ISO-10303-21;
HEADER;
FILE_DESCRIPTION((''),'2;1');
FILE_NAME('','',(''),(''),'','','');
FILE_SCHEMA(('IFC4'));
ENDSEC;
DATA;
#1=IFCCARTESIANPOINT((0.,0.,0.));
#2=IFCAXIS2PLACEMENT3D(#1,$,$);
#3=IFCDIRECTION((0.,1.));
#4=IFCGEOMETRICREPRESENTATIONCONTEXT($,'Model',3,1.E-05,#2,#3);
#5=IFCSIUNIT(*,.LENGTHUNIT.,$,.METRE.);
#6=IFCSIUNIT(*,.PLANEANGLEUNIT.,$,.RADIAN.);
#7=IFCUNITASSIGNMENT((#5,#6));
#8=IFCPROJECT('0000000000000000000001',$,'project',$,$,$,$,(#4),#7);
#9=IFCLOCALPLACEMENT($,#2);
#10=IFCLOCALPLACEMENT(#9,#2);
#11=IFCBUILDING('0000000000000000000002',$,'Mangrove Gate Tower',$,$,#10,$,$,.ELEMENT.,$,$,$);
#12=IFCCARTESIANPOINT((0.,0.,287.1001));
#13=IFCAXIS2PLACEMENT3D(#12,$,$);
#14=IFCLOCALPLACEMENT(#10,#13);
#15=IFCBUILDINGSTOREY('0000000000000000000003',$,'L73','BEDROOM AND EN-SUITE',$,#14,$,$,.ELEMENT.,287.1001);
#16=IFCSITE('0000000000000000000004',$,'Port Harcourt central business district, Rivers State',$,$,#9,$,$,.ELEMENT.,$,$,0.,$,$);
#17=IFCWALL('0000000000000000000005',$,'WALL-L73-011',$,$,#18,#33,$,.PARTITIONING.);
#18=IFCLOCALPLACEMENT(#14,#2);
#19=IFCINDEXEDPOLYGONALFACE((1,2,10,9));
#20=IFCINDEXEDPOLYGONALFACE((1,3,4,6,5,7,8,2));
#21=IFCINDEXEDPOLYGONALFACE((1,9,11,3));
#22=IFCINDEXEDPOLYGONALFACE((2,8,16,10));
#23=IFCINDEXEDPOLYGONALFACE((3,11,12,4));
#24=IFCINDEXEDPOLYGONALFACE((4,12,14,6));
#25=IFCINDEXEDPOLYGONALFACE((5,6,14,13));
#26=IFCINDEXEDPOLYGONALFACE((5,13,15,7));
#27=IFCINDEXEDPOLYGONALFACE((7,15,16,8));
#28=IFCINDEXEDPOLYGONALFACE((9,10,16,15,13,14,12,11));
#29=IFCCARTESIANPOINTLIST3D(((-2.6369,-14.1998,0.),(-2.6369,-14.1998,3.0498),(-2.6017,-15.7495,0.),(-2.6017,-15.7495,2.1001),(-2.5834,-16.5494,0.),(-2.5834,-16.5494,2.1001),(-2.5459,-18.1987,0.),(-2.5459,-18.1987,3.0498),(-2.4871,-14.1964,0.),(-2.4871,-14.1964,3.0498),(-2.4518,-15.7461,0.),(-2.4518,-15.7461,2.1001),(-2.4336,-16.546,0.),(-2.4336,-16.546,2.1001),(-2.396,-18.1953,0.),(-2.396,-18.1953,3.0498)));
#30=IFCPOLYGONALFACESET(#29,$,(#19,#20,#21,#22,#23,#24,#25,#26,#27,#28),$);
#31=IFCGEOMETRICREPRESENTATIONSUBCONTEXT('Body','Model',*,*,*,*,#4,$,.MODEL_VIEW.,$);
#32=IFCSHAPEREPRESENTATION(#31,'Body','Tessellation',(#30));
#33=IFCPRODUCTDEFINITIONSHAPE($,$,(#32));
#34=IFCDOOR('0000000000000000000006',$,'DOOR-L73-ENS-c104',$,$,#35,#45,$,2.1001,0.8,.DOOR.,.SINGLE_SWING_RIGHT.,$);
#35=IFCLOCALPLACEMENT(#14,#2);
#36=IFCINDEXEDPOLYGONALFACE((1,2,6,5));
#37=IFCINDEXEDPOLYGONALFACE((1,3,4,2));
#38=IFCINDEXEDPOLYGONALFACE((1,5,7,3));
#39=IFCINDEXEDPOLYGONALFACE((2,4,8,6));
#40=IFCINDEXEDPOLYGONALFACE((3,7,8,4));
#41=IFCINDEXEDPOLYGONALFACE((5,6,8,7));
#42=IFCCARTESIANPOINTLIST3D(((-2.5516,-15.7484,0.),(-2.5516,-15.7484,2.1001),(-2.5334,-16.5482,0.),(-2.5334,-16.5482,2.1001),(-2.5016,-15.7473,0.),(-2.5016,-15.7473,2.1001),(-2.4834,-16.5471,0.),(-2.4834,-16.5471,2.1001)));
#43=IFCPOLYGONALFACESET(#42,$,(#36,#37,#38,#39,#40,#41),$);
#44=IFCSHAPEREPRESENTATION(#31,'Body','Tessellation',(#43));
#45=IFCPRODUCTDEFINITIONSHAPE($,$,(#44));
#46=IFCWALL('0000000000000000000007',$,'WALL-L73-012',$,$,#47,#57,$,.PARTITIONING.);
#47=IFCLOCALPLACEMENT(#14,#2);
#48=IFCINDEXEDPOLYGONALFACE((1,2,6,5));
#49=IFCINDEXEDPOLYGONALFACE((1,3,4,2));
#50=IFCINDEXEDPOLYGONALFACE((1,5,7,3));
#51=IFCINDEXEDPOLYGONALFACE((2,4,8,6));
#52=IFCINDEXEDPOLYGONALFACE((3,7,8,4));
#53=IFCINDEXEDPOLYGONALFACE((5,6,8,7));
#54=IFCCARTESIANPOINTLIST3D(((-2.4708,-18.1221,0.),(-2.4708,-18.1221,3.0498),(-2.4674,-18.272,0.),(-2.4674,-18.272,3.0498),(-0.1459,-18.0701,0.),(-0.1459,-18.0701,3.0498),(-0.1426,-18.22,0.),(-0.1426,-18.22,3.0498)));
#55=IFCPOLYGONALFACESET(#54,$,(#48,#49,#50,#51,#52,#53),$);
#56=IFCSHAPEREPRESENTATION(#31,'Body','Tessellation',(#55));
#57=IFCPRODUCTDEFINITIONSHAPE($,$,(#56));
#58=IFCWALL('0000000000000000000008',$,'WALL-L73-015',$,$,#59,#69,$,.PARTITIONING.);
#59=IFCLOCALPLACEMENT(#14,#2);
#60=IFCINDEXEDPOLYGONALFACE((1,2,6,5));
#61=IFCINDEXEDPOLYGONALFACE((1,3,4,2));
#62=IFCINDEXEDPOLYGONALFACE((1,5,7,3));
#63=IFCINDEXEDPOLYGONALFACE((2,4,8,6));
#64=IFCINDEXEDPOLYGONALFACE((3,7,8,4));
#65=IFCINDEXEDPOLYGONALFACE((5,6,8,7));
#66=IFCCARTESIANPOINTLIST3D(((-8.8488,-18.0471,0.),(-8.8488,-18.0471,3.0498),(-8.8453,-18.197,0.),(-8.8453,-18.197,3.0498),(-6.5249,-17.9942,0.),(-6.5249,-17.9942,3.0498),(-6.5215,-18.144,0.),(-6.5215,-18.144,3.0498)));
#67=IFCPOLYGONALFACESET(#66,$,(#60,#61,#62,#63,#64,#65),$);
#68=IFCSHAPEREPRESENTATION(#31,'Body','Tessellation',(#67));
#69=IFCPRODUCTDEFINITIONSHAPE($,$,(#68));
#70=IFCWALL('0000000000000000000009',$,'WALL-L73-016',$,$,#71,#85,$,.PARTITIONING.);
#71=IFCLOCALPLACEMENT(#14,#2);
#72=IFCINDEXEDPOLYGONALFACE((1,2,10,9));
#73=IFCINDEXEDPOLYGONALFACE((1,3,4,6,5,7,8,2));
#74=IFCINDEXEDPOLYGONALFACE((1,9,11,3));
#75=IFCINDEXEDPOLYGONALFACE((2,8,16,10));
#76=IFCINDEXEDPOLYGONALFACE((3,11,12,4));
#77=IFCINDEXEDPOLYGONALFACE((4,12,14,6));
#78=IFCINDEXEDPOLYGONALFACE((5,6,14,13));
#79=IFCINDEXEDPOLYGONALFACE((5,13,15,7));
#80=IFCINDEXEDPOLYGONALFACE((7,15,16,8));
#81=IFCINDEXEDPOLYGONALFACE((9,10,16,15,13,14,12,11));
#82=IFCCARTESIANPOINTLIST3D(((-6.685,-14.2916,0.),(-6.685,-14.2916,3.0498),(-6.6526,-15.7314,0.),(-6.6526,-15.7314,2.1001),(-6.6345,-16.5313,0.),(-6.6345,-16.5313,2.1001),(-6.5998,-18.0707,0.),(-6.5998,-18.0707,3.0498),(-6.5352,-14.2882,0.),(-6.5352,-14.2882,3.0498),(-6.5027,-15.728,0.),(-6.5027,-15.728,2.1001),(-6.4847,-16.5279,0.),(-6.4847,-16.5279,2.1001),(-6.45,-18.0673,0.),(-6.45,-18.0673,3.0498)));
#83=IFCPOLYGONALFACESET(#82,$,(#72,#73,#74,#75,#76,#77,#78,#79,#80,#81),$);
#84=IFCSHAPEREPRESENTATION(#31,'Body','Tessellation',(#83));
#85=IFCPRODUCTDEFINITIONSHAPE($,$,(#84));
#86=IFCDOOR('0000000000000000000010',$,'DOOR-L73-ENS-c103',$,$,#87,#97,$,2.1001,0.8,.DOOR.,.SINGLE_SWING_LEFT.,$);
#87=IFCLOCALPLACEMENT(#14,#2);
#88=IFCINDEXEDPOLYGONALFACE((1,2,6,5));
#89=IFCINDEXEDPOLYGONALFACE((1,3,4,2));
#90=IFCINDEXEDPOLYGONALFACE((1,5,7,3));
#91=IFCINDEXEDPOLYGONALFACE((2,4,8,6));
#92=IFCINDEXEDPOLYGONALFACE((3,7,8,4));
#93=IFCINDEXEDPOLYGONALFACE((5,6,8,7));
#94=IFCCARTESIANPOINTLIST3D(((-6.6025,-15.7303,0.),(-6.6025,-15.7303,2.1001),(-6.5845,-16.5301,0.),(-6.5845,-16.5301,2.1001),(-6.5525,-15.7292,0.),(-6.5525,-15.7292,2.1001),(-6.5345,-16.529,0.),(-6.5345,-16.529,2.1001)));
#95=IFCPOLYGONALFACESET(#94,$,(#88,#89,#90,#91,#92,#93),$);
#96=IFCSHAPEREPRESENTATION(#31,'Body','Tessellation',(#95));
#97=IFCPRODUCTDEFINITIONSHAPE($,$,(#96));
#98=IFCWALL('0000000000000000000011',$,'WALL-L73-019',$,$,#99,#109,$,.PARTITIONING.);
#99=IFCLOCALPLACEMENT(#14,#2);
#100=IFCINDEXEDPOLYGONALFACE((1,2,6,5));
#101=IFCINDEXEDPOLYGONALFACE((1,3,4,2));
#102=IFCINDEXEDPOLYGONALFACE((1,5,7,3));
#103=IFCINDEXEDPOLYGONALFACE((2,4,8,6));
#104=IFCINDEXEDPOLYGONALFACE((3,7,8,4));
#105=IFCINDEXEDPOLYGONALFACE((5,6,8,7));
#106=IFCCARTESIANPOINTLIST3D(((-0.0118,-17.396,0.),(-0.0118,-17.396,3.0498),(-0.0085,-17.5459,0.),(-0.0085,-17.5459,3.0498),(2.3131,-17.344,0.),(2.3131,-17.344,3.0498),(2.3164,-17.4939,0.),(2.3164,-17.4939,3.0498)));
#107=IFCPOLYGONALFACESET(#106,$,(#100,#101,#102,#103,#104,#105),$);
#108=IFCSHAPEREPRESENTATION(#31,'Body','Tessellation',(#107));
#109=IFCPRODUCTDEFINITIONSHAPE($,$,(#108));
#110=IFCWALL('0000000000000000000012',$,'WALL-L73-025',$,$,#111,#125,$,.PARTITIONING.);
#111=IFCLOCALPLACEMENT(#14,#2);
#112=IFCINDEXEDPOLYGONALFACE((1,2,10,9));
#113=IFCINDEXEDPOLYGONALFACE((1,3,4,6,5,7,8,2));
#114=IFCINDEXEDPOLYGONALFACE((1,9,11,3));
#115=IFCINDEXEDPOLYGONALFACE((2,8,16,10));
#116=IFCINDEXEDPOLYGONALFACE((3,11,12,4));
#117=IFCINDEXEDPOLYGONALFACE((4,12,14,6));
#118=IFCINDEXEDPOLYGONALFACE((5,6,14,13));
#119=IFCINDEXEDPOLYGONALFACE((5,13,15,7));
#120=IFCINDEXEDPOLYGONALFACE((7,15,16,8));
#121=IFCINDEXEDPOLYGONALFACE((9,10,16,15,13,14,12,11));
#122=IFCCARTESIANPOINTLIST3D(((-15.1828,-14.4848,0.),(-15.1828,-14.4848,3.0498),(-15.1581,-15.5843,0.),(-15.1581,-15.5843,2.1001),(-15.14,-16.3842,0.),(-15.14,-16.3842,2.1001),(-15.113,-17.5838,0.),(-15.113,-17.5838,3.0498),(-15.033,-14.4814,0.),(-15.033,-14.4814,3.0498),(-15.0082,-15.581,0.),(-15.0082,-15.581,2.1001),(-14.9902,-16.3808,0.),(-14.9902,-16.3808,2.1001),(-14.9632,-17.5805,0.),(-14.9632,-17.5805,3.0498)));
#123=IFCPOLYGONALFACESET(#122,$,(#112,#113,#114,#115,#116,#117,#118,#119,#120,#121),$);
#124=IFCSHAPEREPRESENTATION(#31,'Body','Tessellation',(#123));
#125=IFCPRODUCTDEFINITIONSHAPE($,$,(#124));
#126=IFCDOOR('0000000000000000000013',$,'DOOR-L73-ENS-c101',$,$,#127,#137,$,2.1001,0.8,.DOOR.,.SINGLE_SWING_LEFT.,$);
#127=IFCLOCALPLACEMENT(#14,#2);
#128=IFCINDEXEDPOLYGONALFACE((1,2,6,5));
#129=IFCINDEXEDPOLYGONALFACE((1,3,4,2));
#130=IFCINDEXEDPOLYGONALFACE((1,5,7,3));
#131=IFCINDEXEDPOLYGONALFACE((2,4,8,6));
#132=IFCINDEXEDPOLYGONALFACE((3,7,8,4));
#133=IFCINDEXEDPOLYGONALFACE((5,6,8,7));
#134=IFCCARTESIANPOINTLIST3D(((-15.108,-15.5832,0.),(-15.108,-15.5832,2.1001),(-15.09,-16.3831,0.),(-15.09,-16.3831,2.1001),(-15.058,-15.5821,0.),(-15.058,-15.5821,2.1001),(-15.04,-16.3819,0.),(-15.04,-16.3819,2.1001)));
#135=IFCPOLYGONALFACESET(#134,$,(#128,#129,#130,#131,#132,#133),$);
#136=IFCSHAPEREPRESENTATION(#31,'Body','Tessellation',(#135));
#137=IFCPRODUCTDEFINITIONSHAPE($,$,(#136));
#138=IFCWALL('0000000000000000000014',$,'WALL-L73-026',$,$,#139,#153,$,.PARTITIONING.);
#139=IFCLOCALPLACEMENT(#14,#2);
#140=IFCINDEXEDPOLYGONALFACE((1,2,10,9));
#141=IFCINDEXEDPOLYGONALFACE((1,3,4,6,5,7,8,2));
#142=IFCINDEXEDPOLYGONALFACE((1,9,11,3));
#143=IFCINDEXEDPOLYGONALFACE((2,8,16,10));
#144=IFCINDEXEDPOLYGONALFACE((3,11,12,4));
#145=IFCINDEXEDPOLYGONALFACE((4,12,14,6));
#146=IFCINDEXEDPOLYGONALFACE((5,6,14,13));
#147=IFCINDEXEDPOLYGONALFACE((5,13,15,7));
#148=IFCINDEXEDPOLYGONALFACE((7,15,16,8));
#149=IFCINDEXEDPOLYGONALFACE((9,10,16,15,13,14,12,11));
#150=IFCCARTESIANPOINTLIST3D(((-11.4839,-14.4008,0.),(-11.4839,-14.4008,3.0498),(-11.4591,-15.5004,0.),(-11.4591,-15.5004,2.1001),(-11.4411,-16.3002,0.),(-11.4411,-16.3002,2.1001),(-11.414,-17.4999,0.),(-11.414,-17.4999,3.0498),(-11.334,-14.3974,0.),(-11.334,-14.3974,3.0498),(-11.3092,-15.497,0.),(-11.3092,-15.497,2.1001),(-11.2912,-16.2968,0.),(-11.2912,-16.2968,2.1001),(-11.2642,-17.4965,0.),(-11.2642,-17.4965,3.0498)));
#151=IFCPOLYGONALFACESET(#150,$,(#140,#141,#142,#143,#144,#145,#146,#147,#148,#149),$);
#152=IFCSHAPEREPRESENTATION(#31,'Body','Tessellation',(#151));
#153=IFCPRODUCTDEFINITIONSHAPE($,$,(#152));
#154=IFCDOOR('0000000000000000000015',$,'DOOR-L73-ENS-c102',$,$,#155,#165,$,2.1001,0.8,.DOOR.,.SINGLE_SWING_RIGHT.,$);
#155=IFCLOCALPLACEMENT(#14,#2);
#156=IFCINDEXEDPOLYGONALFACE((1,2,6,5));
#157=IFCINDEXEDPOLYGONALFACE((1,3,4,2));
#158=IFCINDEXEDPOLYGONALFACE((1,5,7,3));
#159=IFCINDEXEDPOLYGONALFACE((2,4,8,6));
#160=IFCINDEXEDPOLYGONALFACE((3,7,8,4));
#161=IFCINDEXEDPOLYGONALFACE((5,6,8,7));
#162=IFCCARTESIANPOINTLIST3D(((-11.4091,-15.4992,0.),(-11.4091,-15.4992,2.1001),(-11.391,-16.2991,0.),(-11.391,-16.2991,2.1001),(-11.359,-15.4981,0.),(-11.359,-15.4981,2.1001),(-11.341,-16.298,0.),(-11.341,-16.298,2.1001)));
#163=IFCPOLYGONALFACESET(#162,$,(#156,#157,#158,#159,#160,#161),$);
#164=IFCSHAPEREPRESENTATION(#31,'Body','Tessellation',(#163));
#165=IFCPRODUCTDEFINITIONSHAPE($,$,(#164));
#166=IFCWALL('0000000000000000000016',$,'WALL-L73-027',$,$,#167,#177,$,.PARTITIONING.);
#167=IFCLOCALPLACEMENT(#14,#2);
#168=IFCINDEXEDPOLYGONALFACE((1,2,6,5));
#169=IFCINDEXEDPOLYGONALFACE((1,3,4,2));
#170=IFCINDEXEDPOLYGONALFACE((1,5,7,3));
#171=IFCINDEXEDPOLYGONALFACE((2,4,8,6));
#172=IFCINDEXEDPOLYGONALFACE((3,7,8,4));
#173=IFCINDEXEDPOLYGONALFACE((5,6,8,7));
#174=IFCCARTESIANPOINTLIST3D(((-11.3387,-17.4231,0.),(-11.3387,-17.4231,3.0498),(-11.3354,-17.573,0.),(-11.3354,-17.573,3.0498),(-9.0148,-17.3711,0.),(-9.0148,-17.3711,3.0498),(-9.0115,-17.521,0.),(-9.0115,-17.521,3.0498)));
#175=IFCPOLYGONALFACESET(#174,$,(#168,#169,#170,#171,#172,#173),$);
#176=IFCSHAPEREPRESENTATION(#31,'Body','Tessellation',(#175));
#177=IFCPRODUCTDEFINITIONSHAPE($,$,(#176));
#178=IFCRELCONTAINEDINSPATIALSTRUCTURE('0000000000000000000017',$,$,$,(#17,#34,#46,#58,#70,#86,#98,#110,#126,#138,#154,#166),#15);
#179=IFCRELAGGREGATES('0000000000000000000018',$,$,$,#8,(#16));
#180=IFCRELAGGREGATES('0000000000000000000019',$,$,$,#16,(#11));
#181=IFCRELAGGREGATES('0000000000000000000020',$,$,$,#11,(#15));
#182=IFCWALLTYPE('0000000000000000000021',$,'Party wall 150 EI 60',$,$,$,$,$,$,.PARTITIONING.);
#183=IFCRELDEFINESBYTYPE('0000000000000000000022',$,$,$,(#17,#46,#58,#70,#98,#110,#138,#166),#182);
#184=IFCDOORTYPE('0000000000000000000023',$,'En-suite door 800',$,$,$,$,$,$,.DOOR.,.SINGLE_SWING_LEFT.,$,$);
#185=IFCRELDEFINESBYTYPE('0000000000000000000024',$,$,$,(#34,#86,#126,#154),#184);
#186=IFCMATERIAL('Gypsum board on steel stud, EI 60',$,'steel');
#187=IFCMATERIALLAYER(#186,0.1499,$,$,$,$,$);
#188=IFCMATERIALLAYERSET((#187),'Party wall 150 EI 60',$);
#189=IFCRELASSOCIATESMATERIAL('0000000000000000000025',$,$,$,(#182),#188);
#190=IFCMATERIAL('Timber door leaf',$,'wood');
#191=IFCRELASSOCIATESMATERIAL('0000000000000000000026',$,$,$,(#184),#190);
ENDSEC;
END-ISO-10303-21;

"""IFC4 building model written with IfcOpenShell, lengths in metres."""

from ifc_helpers import new_model, si_unit, direction, frame, frame_2d, origin, place, context, subcontext, project, spatial, rectangle, extrude, material, layer, layer_set, type_object, element, fill, save


model = new_model("IFC4")

# Units and contexts
model_context = context("Model", 3, precision=1e-05, world=origin(), true_north=direction((0.0, 1.0)))
body_context = subcontext(model_context, "Body", "Model", "MODEL_VIEW")
ifc_project = project(units=[si_unit("LENGTHUNIT", "METRE"), si_unit("PLANEANGLEUNIT", "RADIAN")], contexts=[model_context])

# Site, building, storey
site_placement = place(None, origin())
site = spatial("IfcSite", under=ifc_project, at=site_placement, Name="Port Harcourt central business district, Rivers State", CompositionType="ELEMENT", RefElevation=0.0)
building_placement = place(site_placement, origin())
building = spatial("IfcBuilding", under=site, at=building_placement, Name="Mangrove Gate Tower", CompositionType="ELEMENT")
storey_placement = place(building_placement, frame((0.0, 0.0, 287.1001)))
storey = spatial("IfcBuildingStorey", under=building, at=storey_placement, Name="L73", Description="BEDROOM AND EN-SUITE", CompositionType="ELEMENT", Elevation=287.1001)

# Shared definitions
ifc_material_1 = material(Name="Gypsum board on steel stud, EI 60", Category="steel")
ifc_layer_1 = layer(ifc_material_1, 0.1499)
ifc_layer_set_1 = layer_set([ifc_layer_1], Name="Party wall 150 EI 60")
wall_type_1 = type_object("IfcWallType", Name="Party wall 150 EI 60", PredefinedType="PARTITIONING", material=ifc_layer_set_1)

# Wall, opening, door
wall_1_placement = place(storey_placement, frame((-2.4709, -18.197, 0.0), z_axis=(0.0, 0.0, 1.0), x_axis=(-0.022766, 0.999741, 0.0)))
wall_1 = element("IfcWall", 1, at=wall_1_placement, inside=storey, type_object=wall_type_1, Name="WALL-L73-011", PredefinedType="PARTITIONING", context=body_context, shape_type="SweptSolid", body=[
    extrude(rectangle(XDim=4.0, YDim=0.1499, at=frame_2d((2.0, 0.0))), origin(), (0.0, 0.0, 1.0), 3.0498),
])
opening_1_placement = place(wall_1_placement, frame((1.6499, 0.0, 0.0)))
opening_1 = element("IfcOpeningElement", 2, at=opening_1_placement, cuts=wall_1, PredefinedType="OPENING", context=body_context, shape_type="SweptSolid", body=[
    extrude(rectangle(XDim=0.8, YDim=2.1001, at=frame_2d((0.3999, 1.05))), frame((0.0, 0.085, 0.0), z_axis=(0.0, -1.0, 0.0), x_axis=(1.0, 0.0, 0.0)), (0.0, 0.0, 1.0), 0.1699),
])
ifc_material_2 = material(Name="Timber door leaf", Category="wood")
door_type_1 = type_object("IfcDoorType", Name="En-suite door 800", OperationType="SINGLE_SWING_LEFT", PredefinedType="DOOR", material=ifc_material_2)
door_1_placement = place(opening_1_placement, origin())
door_1 = element("IfcDoor", 3, at=door_1_placement, inside=storey, type_object=door_type_1, Name="DOOR-L73-ENS-c104", OperationType="SINGLE_SWING_RIGHT", OverallHeight=2.1001, OverallWidth=0.8, PredefinedType="DOOR", context=body_context, shape_type="SweptSolid", body=[
    extrude(rectangle(XDim=0.8, YDim=2.1001, at=frame_2d((0.3999, 1.05))), frame((0.0, 0.0249, 0.0), z_axis=(0.0, -1.0, 0.0), x_axis=(1.0, 0.0, 0.0)), (0.0, 0.0, 1.0), 0.05),
])
fill(opening_1, door_1)

# Walls
wall_2_placement = place(storey_placement, frame((-2.469, -18.197, 0.0), z_axis=(0.0, 0.0, 1.0), x_axis=(0.99975, 0.022361, 0.0)))
element("IfcWall", 4, at=wall_2_placement, inside=storey, type_object=wall_type_1, Name="WALL-L73-012", PredefinedType="PARTITIONING", context=body_context, shape_type="SweptSolid", body=[
    extrude(rectangle(XDim=2.3254, YDim=0.1499, at=frame_2d((1.1626, 0.0))), origin(), (0.0, 0.0, 1.0), 3.0498),
])
wall_3_placement = place(storey_placement, frame((-8.8469, -18.1221, 0.0), z_axis=(0.0, 0.0, 1.0), x_axis=(0.99974, 0.022791, 0.0)))
element("IfcWall", 5, at=wall_3_placement, inside=storey, type_object=wall_type_1, Name="WALL-L73-015", PredefinedType="PARTITIONING", context=body_context, shape_type="SweptSolid", body=[
    extrude(rectangle(XDim=2.3245, YDim=0.1499, at=frame_2d((1.1621, 0.0))), origin(), (0.0, 0.0, 1.0), 3.0498),
])

# Wall, opening, door
wall_4_placement = place(storey_placement, frame((-6.5249, -18.0691, 0.0), z_axis=(0.0, 0.0, 1.0), x_axis=(-0.022541, 0.999746, 0.0)))
wall_4 = element("IfcWall", 6, at=wall_4_placement, inside=storey, type_object=wall_type_1, Name="WALL-L73-016", PredefinedType="PARTITIONING", context=body_context, shape_type="SweptSolid", body=[
    extrude(rectangle(XDim=3.78, YDim=0.1499, at=frame_2d((1.8901, 0.0))), origin(), (0.0, 0.0, 1.0), 3.0498),
])
opening_2_placement = place(wall_4_placement, frame((1.54, 0.0, 0.0)))
opening_2 = element("IfcOpeningElement", 7, at=opening_2_placement, cuts=wall_4, PredefinedType="OPENING", context=body_context, shape_type="SweptSolid", body=[
    extrude(rectangle(XDim=0.8, YDim=2.1001, at=frame_2d((0.3999, 1.05))), frame((0.0, 0.085, 0.0), z_axis=(0.0, -1.0, 0.0), x_axis=(1.0, 0.0, 0.0)), (0.0, 0.0, 1.0), 0.1699),
])
door_2_placement = place(opening_2_placement, origin())
door_2 = element("IfcDoor", 8, at=door_2_placement, inside=storey, type_object=door_type_1, Name="DOOR-L73-ENS-c103", OperationType="SINGLE_SWING_LEFT", OverallHeight=2.1001, OverallWidth=0.8, PredefinedType="DOOR", context=body_context, shape_type="SweptSolid", body=[
    extrude(rectangle(XDim=0.8, YDim=2.1001, at=frame_2d((0.3999, 1.05))), frame((0.0, 0.0249, 0.0), z_axis=(0.0, -1.0, 0.0), x_axis=(1.0, 0.0, 0.0)), (0.0, 0.0, 1.0), 0.05),
])
fill(opening_2, door_2)

# Wall
wall_5_placement = place(storey_placement, frame((-0.01, -17.4709, 0.0), z_axis=(0.0, 0.0, 1.0), x_axis=(0.99975, 0.022361, 0.0)))
element("IfcWall", 9, at=wall_5_placement, inside=storey, type_object=wall_type_1, Name="WALL-L73-019", PredefinedType="PARTITIONING", context=body_context, shape_type="SweptSolid", body=[
    extrude(rectangle(XDim=2.3254, YDim=0.1499, at=frame_2d((1.1626, 0.0))), origin(), (0.0, 0.0, 1.0), 3.0498),
])

# Walls, openings, doors
wall_6_placement = place(storey_placement, frame((-15.0381, -17.582, 0.0), z_axis=(0.0, 0.0, 1.0), x_axis=(-0.022525, 0.999746, 0.0)))
wall_6 = element("IfcWall", 10, at=wall_6_placement, inside=storey, type_object=wall_type_1, Name="WALL-L73-025", PredefinedType="PARTITIONING", context=body_context, shape_type="SweptSolid", body=[
    extrude(rectangle(XDim=3.0999, YDim=0.1499, at=frame_2d((1.5498, 0.0))), origin(), (0.0, 0.0, 1.0), 3.0498),
])
opening_3_placement = place(wall_6_placement, frame((1.2, 0.0, 0.0)))
opening_3 = element("IfcOpeningElement", 11, at=opening_3_placement, cuts=wall_6, PredefinedType="OPENING", context=body_context, shape_type="SweptSolid", body=[
    extrude(rectangle(XDim=0.8, YDim=2.1001, at=frame_2d((0.3999, 1.05))), frame((0.0, 0.085, 0.0), z_axis=(0.0, -1.0, 0.0), x_axis=(1.0, 0.0, 0.0)), (0.0, 0.0, 1.0), 0.1699),
])
door_3_placement = place(opening_3_placement, origin())
door_3 = element("IfcDoor", 12, at=door_3_placement, inside=storey, type_object=door_type_1, Name="DOOR-L73-ENS-c101", OperationType="SINGLE_SWING_LEFT", OverallHeight=2.1001, OverallWidth=0.8, PredefinedType="DOOR", context=body_context, shape_type="SweptSolid", body=[
    extrude(rectangle(XDim=0.8, YDim=2.1001, at=frame_2d((0.3999, 1.05))), frame((0.0, 0.0249, 0.0), z_axis=(0.0, -1.0, 0.0), x_axis=(1.0, 0.0, 0.0)), (0.0, 0.0, 1.0), 0.05),
])
fill(opening_3, door_3)
wall_7_placement = place(storey_placement, frame((-11.3391, -17.498, 0.0), z_axis=(0.0, 0.0, 1.0), x_axis=(-0.022525, 0.999746, 0.0)))
wall_7 = element("IfcWall", 13, at=wall_7_placement, inside=storey, type_object=wall_type_1, Name="WALL-L73-026", PredefinedType="PARTITIONING", context=body_context, shape_type="SweptSolid", body=[
    extrude(rectangle(XDim=3.0999, YDim=0.1499, at=frame_2d((1.5498, 0.0))), origin(), (0.0, 0.0, 1.0), 3.0498),
])
opening_4_placement = place(wall_7_placement, frame((1.2, 0.0, 0.0)))
opening_4 = element("IfcOpeningElement", 14, at=opening_4_placement, cuts=wall_7, PredefinedType="OPENING", context=body_context, shape_type="SweptSolid", body=[
    extrude(rectangle(XDim=0.8, YDim=2.1001, at=frame_2d((0.3999, 1.05))), frame((0.0, 0.085, 0.0), z_axis=(0.0, -1.0, 0.0), x_axis=(1.0, 0.0, 0.0)), (0.0, 0.0, 1.0), 0.1699),
])
door_4_placement = place(opening_4_placement, origin())
door_4 = element("IfcDoor", 15, at=door_4_placement, inside=storey, type_object=door_type_1, Name="DOOR-L73-ENS-c102", OperationType="SINGLE_SWING_RIGHT", OverallHeight=2.1001, OverallWidth=0.8, PredefinedType="DOOR", context=body_context, shape_type="SweptSolid", body=[
    extrude(rectangle(XDim=0.8, YDim=2.1001, at=frame_2d((0.3999, 1.05))), frame((0.0, 0.0249, 0.0), z_axis=(0.0, -1.0, 0.0), x_axis=(1.0, 0.0, 0.0)), (0.0, 0.0, 1.0), 0.05),
])
fill(opening_4, door_4)

# Wall
wall_8_placement = place(storey_placement, frame((-11.3369, -17.498, 0.0), z_axis=(0.0, 0.0, 1.0), x_axis=(0.99975, 0.022371, 0.0)))
element("IfcWall", 16, at=wall_8_placement, inside=storey, type_object=wall_type_1, Name="WALL-L73-027", PredefinedType="PARTITIONING", context=body_context, shape_type="SweptSolid", body=[
    extrude(rectangle(XDim=2.3245, YDim=0.1499, at=frame_2d((1.1621, 0.0))), origin(), (0.0, 0.0, 1.0), 3.0498),
])

save(model, "model.ifc")
